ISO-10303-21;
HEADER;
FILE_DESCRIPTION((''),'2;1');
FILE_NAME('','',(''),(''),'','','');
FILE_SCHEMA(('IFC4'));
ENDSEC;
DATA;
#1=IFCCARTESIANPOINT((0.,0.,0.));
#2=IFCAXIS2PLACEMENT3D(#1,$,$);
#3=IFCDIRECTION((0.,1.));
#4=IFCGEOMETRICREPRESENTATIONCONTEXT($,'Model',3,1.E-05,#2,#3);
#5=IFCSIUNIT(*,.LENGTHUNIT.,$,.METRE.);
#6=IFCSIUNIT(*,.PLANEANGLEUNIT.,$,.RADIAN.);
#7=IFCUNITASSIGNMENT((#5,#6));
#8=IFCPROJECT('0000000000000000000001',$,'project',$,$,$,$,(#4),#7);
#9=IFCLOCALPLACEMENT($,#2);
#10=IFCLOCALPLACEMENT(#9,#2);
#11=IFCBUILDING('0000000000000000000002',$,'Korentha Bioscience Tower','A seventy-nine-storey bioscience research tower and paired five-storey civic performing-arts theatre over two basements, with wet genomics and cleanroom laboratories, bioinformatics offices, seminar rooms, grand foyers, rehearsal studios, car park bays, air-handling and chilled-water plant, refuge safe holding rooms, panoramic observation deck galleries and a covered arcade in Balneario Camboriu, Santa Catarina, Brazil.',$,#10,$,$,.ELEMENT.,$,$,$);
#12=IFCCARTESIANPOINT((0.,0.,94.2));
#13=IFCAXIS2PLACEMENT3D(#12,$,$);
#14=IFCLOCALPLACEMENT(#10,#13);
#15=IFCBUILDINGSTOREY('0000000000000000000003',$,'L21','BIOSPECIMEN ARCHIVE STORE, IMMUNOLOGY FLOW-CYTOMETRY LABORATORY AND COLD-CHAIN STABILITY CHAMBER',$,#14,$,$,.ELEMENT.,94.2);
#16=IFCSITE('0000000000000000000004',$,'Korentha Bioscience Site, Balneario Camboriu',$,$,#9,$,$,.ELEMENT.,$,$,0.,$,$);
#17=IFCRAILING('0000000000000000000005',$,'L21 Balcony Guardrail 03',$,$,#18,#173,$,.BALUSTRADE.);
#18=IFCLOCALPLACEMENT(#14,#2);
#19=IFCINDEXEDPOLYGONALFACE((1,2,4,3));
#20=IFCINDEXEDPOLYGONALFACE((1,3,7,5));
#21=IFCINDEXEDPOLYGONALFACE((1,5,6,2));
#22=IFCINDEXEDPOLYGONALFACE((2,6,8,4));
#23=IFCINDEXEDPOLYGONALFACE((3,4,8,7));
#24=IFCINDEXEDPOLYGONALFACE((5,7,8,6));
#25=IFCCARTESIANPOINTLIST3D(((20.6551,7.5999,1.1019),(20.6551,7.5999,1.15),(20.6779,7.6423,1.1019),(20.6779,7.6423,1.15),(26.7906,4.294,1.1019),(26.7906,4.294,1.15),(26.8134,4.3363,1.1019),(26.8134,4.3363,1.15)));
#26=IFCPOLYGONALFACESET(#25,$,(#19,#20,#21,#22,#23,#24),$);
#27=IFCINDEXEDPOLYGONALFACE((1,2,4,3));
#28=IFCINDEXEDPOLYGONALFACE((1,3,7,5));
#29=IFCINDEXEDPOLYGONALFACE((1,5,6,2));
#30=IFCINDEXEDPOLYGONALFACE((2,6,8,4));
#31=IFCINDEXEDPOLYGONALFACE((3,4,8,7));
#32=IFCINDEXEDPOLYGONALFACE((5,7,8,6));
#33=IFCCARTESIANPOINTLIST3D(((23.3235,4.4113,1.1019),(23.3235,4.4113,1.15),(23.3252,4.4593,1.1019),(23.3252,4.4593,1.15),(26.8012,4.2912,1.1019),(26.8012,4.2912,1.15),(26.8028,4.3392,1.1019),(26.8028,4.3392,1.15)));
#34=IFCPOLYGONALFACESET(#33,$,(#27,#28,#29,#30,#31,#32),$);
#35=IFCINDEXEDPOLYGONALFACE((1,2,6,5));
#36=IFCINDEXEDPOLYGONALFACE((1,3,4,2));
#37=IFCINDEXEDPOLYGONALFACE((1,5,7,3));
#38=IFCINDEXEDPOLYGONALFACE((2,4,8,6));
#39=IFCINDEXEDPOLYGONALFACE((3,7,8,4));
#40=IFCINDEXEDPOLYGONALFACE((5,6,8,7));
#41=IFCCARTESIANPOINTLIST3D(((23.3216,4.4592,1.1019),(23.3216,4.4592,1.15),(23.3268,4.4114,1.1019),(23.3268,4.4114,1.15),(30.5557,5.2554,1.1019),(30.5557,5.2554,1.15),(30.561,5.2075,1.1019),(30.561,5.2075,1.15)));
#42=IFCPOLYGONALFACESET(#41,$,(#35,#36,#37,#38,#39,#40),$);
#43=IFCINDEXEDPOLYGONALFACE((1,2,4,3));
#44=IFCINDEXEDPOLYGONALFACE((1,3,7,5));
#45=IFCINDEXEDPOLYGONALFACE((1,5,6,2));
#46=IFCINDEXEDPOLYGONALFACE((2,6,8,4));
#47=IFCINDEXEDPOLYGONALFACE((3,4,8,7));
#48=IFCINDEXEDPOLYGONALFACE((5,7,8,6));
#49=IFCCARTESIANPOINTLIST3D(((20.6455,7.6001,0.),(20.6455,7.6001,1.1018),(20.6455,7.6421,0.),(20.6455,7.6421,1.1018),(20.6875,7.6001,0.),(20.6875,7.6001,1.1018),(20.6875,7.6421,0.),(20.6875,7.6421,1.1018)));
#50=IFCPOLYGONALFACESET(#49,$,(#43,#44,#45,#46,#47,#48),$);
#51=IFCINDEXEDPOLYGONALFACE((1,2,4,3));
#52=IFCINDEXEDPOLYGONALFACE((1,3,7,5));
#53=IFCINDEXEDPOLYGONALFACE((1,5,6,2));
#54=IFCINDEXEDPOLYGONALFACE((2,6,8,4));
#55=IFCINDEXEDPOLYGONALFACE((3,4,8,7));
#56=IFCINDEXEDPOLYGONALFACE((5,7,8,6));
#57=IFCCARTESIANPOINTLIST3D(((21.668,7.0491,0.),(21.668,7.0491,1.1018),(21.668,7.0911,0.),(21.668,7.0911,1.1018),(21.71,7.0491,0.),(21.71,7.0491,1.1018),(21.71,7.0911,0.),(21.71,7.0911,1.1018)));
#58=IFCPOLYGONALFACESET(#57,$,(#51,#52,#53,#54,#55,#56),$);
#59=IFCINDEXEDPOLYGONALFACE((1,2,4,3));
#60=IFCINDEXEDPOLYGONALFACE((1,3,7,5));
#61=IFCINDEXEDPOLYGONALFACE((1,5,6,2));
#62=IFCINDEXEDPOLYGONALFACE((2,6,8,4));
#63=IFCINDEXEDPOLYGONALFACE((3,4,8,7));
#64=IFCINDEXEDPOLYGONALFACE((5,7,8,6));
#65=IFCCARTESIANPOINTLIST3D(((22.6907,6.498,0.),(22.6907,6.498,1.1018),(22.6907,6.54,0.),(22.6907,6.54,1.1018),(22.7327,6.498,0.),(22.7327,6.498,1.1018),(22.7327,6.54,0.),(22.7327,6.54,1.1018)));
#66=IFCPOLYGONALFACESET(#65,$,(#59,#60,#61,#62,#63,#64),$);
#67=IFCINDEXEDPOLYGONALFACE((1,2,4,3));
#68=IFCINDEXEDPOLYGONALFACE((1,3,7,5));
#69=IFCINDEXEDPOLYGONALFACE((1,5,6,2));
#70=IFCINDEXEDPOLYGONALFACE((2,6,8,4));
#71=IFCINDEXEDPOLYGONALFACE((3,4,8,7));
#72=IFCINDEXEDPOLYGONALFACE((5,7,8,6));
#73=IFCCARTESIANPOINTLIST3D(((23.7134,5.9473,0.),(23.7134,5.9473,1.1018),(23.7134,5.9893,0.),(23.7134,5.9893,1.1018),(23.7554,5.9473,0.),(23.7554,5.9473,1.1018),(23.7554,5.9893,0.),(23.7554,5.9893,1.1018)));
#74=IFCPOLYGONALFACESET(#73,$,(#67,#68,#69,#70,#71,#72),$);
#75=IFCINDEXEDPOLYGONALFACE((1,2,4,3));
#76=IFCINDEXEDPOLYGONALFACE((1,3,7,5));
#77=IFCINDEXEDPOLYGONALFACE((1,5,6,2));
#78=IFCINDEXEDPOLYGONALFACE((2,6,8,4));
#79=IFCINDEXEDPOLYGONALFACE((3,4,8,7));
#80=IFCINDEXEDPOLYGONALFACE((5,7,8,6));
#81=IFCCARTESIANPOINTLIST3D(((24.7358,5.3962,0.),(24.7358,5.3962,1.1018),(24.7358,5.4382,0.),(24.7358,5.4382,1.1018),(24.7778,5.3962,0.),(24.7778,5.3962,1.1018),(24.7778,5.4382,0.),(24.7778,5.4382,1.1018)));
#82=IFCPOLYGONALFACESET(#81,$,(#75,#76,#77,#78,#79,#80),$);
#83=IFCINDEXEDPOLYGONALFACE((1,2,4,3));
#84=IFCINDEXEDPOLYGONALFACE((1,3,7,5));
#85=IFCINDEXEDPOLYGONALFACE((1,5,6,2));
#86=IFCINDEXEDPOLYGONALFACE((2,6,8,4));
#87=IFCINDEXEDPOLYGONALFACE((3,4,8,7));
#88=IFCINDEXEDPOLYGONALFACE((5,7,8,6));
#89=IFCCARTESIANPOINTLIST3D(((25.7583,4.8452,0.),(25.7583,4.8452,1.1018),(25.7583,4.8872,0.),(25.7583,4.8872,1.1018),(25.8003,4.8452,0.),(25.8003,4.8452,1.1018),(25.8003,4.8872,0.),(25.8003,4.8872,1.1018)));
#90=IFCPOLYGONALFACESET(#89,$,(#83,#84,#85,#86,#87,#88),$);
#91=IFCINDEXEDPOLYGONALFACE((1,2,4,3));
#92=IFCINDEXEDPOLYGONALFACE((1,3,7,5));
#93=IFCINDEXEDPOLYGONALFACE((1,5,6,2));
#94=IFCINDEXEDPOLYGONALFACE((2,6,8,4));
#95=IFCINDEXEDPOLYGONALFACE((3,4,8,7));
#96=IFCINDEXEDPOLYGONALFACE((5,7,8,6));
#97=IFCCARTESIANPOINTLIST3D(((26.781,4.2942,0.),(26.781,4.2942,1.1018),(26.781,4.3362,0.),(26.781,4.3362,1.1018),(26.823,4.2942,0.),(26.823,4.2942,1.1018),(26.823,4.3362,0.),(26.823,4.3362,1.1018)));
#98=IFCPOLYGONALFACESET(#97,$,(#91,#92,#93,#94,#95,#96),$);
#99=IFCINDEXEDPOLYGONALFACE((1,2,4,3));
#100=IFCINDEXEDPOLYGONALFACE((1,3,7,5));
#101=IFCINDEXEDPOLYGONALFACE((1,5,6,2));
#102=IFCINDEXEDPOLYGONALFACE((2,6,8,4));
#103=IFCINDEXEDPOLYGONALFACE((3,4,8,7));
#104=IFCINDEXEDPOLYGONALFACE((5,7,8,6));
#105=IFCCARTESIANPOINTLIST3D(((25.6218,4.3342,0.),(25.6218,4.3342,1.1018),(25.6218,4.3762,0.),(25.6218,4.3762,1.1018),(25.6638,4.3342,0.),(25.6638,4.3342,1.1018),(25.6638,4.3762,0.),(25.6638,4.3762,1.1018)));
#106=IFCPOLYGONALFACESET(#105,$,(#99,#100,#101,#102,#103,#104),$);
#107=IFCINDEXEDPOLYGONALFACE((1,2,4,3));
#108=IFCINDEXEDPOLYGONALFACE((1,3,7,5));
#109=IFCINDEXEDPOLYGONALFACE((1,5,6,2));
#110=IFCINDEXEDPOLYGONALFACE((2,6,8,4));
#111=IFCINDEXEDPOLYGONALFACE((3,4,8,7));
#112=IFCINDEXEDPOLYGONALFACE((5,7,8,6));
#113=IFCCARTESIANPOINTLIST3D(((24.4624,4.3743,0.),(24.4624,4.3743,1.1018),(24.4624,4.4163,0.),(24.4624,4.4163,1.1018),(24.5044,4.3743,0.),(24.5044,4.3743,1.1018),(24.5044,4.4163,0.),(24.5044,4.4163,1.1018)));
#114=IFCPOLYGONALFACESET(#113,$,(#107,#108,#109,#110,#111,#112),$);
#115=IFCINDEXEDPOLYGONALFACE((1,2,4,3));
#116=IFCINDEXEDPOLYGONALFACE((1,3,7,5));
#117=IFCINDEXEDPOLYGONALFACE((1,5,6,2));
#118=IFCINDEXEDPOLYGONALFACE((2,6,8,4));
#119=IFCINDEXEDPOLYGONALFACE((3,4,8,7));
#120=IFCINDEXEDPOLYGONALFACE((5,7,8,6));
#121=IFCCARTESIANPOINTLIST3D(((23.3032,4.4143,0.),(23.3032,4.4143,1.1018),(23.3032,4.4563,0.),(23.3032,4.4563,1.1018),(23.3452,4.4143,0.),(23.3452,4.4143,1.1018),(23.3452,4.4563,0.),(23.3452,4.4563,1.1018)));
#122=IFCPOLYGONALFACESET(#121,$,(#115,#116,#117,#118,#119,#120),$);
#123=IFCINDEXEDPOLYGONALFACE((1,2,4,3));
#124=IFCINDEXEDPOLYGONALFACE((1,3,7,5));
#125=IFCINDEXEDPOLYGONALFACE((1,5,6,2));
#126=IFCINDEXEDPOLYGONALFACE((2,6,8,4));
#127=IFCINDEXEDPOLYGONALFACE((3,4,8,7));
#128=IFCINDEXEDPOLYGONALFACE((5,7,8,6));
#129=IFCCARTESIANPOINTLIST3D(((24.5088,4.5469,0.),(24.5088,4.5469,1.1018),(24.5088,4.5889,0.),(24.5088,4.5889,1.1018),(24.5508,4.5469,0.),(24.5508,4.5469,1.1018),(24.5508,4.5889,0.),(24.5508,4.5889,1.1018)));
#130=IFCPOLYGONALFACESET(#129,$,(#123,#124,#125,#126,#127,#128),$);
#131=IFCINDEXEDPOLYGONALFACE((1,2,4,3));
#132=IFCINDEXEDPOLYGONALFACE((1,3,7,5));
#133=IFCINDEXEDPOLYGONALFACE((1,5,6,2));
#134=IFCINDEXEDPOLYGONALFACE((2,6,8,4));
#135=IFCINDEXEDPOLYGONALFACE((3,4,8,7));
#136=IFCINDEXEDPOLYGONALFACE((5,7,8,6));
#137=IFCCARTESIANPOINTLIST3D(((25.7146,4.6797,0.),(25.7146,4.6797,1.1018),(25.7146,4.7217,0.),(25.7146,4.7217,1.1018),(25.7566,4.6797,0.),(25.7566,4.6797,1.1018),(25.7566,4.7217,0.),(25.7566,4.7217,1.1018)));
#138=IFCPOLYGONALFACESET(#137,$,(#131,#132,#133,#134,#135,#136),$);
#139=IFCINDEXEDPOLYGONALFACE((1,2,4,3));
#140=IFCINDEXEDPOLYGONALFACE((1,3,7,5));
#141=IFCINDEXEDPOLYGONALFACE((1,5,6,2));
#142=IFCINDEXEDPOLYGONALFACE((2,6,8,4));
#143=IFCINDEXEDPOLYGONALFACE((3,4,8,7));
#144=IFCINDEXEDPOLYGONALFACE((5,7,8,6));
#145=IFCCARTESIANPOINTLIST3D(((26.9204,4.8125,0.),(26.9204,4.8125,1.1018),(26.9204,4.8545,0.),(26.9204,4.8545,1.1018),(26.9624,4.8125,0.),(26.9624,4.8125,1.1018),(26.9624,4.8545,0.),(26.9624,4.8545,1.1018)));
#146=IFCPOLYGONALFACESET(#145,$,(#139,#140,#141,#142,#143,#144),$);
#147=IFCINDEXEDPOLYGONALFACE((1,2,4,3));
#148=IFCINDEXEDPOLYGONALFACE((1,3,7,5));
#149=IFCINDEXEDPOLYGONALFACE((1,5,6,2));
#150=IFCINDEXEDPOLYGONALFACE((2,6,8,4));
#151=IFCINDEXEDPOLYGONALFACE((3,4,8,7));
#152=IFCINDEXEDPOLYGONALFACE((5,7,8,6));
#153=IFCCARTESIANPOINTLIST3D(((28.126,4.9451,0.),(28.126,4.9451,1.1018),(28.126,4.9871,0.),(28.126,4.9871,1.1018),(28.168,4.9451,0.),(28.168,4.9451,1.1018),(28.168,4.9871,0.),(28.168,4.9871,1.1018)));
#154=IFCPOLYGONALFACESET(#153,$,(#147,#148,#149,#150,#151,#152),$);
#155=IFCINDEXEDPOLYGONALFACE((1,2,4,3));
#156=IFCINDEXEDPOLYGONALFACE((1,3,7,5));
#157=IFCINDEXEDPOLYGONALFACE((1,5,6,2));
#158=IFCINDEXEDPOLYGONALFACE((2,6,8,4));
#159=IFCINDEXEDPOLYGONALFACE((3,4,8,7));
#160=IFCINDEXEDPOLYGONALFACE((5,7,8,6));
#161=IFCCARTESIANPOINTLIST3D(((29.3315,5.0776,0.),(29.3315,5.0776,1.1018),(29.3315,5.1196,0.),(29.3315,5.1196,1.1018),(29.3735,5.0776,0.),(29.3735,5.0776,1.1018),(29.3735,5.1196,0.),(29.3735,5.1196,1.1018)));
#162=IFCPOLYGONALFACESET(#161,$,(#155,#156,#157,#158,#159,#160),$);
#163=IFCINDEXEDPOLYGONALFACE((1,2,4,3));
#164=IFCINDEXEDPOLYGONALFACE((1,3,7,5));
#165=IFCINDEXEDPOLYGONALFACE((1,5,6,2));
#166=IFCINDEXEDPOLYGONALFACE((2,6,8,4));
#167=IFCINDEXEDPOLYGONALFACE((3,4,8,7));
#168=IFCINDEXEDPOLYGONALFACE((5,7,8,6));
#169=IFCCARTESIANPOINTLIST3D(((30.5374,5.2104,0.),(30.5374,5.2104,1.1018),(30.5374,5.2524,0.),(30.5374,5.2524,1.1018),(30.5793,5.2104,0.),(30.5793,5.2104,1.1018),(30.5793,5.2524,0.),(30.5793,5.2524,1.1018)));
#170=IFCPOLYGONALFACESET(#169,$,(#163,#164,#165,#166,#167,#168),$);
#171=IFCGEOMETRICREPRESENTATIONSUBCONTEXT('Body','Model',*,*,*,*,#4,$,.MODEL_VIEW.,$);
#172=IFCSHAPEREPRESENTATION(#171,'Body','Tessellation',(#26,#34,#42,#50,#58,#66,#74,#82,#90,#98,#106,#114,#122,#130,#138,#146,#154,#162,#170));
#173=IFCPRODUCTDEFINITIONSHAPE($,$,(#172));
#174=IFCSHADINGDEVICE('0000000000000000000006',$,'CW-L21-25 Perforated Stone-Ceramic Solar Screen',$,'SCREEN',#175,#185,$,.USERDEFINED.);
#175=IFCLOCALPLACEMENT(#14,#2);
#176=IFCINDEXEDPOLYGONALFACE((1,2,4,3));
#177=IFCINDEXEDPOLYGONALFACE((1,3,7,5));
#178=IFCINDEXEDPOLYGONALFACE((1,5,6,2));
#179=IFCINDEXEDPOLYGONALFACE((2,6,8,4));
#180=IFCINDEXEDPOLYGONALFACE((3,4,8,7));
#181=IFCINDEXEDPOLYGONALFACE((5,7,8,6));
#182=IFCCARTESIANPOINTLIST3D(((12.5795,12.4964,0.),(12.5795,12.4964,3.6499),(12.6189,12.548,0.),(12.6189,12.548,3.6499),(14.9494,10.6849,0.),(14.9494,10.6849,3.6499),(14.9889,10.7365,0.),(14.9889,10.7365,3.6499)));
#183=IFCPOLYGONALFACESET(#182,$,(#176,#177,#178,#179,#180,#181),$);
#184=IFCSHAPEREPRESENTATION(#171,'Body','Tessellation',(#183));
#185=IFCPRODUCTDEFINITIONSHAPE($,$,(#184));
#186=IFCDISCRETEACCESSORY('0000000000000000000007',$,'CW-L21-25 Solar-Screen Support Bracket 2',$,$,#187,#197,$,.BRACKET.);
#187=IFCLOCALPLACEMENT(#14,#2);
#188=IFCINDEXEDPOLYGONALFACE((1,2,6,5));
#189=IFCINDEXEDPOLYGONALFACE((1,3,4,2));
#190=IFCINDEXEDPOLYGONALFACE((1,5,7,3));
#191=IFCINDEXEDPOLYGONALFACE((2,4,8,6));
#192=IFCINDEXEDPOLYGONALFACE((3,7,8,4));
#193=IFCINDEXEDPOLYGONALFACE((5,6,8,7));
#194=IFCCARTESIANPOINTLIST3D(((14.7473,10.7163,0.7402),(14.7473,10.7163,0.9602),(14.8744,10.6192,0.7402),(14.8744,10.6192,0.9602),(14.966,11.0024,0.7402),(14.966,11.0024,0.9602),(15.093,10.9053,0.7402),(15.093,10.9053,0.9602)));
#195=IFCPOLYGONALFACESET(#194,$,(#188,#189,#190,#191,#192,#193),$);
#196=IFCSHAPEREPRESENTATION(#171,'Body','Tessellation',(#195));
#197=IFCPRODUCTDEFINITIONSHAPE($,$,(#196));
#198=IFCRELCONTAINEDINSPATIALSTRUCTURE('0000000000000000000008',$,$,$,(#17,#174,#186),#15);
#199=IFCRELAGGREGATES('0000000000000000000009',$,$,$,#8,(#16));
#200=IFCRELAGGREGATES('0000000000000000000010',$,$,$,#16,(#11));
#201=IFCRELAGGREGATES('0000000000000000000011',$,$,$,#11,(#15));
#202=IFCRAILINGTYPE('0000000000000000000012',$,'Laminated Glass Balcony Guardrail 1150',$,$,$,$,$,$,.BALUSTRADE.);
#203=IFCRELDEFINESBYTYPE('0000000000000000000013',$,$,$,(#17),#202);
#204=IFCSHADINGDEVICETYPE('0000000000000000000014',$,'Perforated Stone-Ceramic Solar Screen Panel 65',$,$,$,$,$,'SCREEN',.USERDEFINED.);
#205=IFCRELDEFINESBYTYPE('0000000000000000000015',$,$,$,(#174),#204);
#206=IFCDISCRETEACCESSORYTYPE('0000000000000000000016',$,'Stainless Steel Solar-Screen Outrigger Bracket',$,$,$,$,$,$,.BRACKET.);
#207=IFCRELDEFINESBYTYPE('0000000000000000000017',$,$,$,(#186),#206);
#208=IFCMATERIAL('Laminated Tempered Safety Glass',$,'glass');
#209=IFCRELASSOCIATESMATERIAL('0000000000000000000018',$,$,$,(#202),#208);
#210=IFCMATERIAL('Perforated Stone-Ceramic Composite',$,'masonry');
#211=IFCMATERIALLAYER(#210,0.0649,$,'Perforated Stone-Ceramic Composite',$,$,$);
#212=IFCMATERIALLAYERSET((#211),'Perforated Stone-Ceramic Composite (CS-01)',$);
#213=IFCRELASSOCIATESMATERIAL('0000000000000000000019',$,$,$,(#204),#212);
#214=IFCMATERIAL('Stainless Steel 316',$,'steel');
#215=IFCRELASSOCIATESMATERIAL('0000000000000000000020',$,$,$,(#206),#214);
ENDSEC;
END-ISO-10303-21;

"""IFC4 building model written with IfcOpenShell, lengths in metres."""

from ifc_helpers import new_model, si_unit, direction, frame, origin, origin_2d, place, context, subcontext, project, spatial, rectangle, extrude, material, layer, layer_set, type_object, element, save


model = new_model("IFC4")

# Units and contexts
model_context = context("Model", 3, precision=1e-05, world=origin(), true_north=direction((0.0, 1.0)))
body_context = subcontext(model_context, "Body", "Model", "MODEL_VIEW")
ifc_project = project(units=[si_unit("LENGTHUNIT", "METRE"), si_unit("PLANEANGLEUNIT", "RADIAN")], contexts=[model_context])

# Site, building, storey
site_placement = place(None, origin())
site = spatial("IfcSite", under=ifc_project, at=site_placement, Name="Korentha Bioscience Site, Balneario Camboriu", CompositionType="ELEMENT", RefElevation=0.0)
building_placement = place(site_placement, origin())
building = spatial("IfcBuilding", under=site, at=building_placement, Name="Korentha Bioscience Tower", Description="A seventy-nine-storey bioscience research tower and paired five-storey civic performing-arts theatre over two basements, with wet genomics and cleanroom laboratories, bioinformatics offices, seminar rooms, grand foyers, rehearsal studios, car park bays, air-handling and chilled-water plant, refuge safe holding rooms, panoramic observation deck galleries and a covered arcade in Balneario Camboriu, Santa Catarina, Brazil.", CompositionType="ELEMENT")
storey_placement = place(building_placement, frame((0.0, 0.0, 94.2)))
storey = spatial("IfcBuildingStorey", under=building, at=storey_placement, Name="L21", Description="BIOSPECIMEN ARCHIVE STORE, IMMUNOLOGY FLOW-CYTOMETRY LABORATORY AND COLD-CHAIN STABILITY CHAMBER", CompositionType="ELEMENT", Elevation=94.2)

# Railing
ifc_material_1 = material(Name="Laminated Tempered Safety Glass", Category="glass")
railing_type = type_object("IfcRailingType", Name="Laminated Glass Balcony Guardrail 1150", PredefinedType="BALUSTRADE", material=ifc_material_1)
railing_placement = place(storey_placement, frame((20.6665, 7.6211, 0.0)))
element("IfcRailing", 1, at=railing_placement, inside=storey, type_object=railing_type, Name="L21 Balcony Guardrail 03", PredefinedType="BALUSTRADE", context=body_context, shape_type="SweptSolid", body=[
    extrude(rectangle(XDim=0.0481, YDim=0.0481, at=origin_2d()), frame((0.0, 0.0, 1.126), z_axis=(0.880341, -0.474342, 0.0), x_axis=(0.474342, 0.880341, 0.0)), (0.0, 0.0, 1.0), 6.9695),
    extrude(rectangle(XDim=0.0481, YDim=0.0481, at=origin_2d()), frame((6.1355, -3.3059, 1.126), z_axis=(-0.999404, 0.034518, 0.0), x_axis=(-0.034518, -0.999404, 0.0)), (0.0, 0.0, 1.0), 3.4797),
    extrude(rectangle(XDim=0.0481, YDim=0.0481, at=origin_2d()), frame((2.6577, -3.1858, 1.126), z_axis=(0.993999, 0.109393, 0.0), x_axis=(-0.109393, 0.993999, 0.0)), (0.0, 0.0, 1.0), 7.2778),
    extrude(rectangle(XDim=0.042, YDim=0.042, at=origin_2d()), origin(), (0.0, 0.0, 1.0), 1.1018),
    extrude(rectangle(XDim=0.042, YDim=0.042, at=origin_2d()), frame((1.0225, -0.551, 0.0)), (0.0, 0.0, 1.0), 1.1018),
    extrude(rectangle(XDim=0.042, YDim=0.042, at=origin_2d()), frame((2.0452, -1.1021, 0.0)), (0.0, 0.0, 1.0), 1.1018),
    extrude(rectangle(XDim=0.042, YDim=0.042, at=origin_2d()), frame((3.0679, -1.6528, 0.0)), (0.0, 0.0, 1.0), 1.1018),
    extrude(rectangle(XDim=0.042, YDim=0.042, at=origin_2d()), frame((4.0903, -2.2039, 0.0)), (0.0, 0.0, 1.0), 1.1018),
    extrude(rectangle(XDim=0.042, YDim=0.042, at=origin_2d()), frame((5.1128, -2.7549, 0.0)), (0.0, 0.0, 1.0), 1.1018),
    extrude(rectangle(XDim=0.042, YDim=0.042, at=origin_2d()), frame((6.1355, -3.3059, 0.0)), (0.0, 0.0, 1.0), 1.1018),
    extrude(rectangle(XDim=0.042, YDim=0.042, at=origin_2d()), frame((4.9763, -3.2659, 0.0)), (0.0, 0.0, 1.0), 1.1018),
    extrude(rectangle(XDim=0.042, YDim=0.042, at=origin_2d()), frame((3.8169, -3.2258, 0.0)), (0.0, 0.0, 1.0), 1.1018),
    extrude(rectangle(XDim=0.042, YDim=0.042, at=origin_2d()), frame((2.6577, -3.1858, 0.0)), (0.0, 0.0, 1.0), 1.1018),
    extrude(rectangle(XDim=0.042, YDim=0.042, at=origin_2d()), frame((3.8633, -3.0532, 0.0)), (0.0, 0.0, 1.0), 1.1018),
    extrude(rectangle(XDim=0.042, YDim=0.042, at=origin_2d()), frame((5.0691, -2.9204, 0.0)), (0.0, 0.0, 1.0), 1.1018),
    extrude(rectangle(XDim=0.042, YDim=0.042, at=origin_2d()), frame((6.2749, -2.7876, 0.0)), (0.0, 0.0, 1.0), 1.1018),
    extrude(rectangle(XDim=0.042, YDim=0.042, at=origin_2d()), frame((7.4805, -2.655, 0.0)), (0.0, 0.0, 1.0), 1.1018),
    extrude(rectangle(XDim=0.042, YDim=0.042, at=origin_2d()), frame((8.686, -2.5225, 0.0)), (0.0, 0.0, 1.0), 1.1018),
    extrude(rectangle(XDim=0.042, YDim=0.042, at=origin_2d()), frame((9.8918, -2.3896, 0.0)), (0.0, 0.0, 1.0), 1.1018),
])

# Shading device
ifc_material_2 = material(Name="Perforated Stone-Ceramic Composite", Category="masonry")
ifc_layer_1 = layer(ifc_material_2, 0.0649, Name="Perforated Stone-Ceramic Composite")
ifc_layer_set_1 = layer_set([ifc_layer_1], Name="Perforated Stone-Ceramic Composite (CS-01)")
shading_device_type = type_object("IfcShadingDeviceType", Name="Perforated Stone-Ceramic Solar Screen Panel 65", ElementType="SCREEN", PredefinedType="USERDEFINED", material=ifc_layer_set_1)
shading_device_placement = place(storey_placement, frame((13.7842, 11.6165, 0.0), z_axis=(0.0, 0.0, 1.0), x_axis=(0.7945, -0.607265, 0.0)))
element("IfcShadingDevice", 2, at=shading_device_placement, inside=storey, type_object=shading_device_type, Name="CW-L21-25 Perforated Stone-Ceramic Solar Screen", ObjectType="SCREEN", PredefinedType="USERDEFINED", context=body_context, shape_type="SweptSolid", body=[
    extrude(rectangle(XDim=2.9829, YDim=0.0649, at=origin_2d()), origin(), (0.0, 0.0, 1.0), 3.6499),
])

# Discrete accessory
ifc_material_3 = material(Name="Stainless Steel 316", Category="steel")
discrete_accessory_type = type_object("IfcDiscreteAccessoryType", Name="Stainless Steel Solar-Screen Outrigger Bracket", PredefinedType="BRACKET", material=ifc_material_3)
discrete_accessory_placement = place(storey_placement, frame((14.9202, 10.8108, 0.7402), z_axis=(0.0, 0.0, 1.0), x_axis=(0.7945, -0.607265, 0.0)))
element("IfcDiscreteAccessory", 3, at=discrete_accessory_placement, inside=storey, type_object=discrete_accessory_type, Name="CW-L21-25 Solar-Screen Support Bracket 2", PredefinedType="BRACKET", context=body_context, shape_type="SweptSolid", body=[
    extrude(rectangle(XDim=0.1599, YDim=0.3601, at=origin_2d()), origin(), (0.0, 0.0, 1.0), 0.22),
])

save(model, "model.ifc")
